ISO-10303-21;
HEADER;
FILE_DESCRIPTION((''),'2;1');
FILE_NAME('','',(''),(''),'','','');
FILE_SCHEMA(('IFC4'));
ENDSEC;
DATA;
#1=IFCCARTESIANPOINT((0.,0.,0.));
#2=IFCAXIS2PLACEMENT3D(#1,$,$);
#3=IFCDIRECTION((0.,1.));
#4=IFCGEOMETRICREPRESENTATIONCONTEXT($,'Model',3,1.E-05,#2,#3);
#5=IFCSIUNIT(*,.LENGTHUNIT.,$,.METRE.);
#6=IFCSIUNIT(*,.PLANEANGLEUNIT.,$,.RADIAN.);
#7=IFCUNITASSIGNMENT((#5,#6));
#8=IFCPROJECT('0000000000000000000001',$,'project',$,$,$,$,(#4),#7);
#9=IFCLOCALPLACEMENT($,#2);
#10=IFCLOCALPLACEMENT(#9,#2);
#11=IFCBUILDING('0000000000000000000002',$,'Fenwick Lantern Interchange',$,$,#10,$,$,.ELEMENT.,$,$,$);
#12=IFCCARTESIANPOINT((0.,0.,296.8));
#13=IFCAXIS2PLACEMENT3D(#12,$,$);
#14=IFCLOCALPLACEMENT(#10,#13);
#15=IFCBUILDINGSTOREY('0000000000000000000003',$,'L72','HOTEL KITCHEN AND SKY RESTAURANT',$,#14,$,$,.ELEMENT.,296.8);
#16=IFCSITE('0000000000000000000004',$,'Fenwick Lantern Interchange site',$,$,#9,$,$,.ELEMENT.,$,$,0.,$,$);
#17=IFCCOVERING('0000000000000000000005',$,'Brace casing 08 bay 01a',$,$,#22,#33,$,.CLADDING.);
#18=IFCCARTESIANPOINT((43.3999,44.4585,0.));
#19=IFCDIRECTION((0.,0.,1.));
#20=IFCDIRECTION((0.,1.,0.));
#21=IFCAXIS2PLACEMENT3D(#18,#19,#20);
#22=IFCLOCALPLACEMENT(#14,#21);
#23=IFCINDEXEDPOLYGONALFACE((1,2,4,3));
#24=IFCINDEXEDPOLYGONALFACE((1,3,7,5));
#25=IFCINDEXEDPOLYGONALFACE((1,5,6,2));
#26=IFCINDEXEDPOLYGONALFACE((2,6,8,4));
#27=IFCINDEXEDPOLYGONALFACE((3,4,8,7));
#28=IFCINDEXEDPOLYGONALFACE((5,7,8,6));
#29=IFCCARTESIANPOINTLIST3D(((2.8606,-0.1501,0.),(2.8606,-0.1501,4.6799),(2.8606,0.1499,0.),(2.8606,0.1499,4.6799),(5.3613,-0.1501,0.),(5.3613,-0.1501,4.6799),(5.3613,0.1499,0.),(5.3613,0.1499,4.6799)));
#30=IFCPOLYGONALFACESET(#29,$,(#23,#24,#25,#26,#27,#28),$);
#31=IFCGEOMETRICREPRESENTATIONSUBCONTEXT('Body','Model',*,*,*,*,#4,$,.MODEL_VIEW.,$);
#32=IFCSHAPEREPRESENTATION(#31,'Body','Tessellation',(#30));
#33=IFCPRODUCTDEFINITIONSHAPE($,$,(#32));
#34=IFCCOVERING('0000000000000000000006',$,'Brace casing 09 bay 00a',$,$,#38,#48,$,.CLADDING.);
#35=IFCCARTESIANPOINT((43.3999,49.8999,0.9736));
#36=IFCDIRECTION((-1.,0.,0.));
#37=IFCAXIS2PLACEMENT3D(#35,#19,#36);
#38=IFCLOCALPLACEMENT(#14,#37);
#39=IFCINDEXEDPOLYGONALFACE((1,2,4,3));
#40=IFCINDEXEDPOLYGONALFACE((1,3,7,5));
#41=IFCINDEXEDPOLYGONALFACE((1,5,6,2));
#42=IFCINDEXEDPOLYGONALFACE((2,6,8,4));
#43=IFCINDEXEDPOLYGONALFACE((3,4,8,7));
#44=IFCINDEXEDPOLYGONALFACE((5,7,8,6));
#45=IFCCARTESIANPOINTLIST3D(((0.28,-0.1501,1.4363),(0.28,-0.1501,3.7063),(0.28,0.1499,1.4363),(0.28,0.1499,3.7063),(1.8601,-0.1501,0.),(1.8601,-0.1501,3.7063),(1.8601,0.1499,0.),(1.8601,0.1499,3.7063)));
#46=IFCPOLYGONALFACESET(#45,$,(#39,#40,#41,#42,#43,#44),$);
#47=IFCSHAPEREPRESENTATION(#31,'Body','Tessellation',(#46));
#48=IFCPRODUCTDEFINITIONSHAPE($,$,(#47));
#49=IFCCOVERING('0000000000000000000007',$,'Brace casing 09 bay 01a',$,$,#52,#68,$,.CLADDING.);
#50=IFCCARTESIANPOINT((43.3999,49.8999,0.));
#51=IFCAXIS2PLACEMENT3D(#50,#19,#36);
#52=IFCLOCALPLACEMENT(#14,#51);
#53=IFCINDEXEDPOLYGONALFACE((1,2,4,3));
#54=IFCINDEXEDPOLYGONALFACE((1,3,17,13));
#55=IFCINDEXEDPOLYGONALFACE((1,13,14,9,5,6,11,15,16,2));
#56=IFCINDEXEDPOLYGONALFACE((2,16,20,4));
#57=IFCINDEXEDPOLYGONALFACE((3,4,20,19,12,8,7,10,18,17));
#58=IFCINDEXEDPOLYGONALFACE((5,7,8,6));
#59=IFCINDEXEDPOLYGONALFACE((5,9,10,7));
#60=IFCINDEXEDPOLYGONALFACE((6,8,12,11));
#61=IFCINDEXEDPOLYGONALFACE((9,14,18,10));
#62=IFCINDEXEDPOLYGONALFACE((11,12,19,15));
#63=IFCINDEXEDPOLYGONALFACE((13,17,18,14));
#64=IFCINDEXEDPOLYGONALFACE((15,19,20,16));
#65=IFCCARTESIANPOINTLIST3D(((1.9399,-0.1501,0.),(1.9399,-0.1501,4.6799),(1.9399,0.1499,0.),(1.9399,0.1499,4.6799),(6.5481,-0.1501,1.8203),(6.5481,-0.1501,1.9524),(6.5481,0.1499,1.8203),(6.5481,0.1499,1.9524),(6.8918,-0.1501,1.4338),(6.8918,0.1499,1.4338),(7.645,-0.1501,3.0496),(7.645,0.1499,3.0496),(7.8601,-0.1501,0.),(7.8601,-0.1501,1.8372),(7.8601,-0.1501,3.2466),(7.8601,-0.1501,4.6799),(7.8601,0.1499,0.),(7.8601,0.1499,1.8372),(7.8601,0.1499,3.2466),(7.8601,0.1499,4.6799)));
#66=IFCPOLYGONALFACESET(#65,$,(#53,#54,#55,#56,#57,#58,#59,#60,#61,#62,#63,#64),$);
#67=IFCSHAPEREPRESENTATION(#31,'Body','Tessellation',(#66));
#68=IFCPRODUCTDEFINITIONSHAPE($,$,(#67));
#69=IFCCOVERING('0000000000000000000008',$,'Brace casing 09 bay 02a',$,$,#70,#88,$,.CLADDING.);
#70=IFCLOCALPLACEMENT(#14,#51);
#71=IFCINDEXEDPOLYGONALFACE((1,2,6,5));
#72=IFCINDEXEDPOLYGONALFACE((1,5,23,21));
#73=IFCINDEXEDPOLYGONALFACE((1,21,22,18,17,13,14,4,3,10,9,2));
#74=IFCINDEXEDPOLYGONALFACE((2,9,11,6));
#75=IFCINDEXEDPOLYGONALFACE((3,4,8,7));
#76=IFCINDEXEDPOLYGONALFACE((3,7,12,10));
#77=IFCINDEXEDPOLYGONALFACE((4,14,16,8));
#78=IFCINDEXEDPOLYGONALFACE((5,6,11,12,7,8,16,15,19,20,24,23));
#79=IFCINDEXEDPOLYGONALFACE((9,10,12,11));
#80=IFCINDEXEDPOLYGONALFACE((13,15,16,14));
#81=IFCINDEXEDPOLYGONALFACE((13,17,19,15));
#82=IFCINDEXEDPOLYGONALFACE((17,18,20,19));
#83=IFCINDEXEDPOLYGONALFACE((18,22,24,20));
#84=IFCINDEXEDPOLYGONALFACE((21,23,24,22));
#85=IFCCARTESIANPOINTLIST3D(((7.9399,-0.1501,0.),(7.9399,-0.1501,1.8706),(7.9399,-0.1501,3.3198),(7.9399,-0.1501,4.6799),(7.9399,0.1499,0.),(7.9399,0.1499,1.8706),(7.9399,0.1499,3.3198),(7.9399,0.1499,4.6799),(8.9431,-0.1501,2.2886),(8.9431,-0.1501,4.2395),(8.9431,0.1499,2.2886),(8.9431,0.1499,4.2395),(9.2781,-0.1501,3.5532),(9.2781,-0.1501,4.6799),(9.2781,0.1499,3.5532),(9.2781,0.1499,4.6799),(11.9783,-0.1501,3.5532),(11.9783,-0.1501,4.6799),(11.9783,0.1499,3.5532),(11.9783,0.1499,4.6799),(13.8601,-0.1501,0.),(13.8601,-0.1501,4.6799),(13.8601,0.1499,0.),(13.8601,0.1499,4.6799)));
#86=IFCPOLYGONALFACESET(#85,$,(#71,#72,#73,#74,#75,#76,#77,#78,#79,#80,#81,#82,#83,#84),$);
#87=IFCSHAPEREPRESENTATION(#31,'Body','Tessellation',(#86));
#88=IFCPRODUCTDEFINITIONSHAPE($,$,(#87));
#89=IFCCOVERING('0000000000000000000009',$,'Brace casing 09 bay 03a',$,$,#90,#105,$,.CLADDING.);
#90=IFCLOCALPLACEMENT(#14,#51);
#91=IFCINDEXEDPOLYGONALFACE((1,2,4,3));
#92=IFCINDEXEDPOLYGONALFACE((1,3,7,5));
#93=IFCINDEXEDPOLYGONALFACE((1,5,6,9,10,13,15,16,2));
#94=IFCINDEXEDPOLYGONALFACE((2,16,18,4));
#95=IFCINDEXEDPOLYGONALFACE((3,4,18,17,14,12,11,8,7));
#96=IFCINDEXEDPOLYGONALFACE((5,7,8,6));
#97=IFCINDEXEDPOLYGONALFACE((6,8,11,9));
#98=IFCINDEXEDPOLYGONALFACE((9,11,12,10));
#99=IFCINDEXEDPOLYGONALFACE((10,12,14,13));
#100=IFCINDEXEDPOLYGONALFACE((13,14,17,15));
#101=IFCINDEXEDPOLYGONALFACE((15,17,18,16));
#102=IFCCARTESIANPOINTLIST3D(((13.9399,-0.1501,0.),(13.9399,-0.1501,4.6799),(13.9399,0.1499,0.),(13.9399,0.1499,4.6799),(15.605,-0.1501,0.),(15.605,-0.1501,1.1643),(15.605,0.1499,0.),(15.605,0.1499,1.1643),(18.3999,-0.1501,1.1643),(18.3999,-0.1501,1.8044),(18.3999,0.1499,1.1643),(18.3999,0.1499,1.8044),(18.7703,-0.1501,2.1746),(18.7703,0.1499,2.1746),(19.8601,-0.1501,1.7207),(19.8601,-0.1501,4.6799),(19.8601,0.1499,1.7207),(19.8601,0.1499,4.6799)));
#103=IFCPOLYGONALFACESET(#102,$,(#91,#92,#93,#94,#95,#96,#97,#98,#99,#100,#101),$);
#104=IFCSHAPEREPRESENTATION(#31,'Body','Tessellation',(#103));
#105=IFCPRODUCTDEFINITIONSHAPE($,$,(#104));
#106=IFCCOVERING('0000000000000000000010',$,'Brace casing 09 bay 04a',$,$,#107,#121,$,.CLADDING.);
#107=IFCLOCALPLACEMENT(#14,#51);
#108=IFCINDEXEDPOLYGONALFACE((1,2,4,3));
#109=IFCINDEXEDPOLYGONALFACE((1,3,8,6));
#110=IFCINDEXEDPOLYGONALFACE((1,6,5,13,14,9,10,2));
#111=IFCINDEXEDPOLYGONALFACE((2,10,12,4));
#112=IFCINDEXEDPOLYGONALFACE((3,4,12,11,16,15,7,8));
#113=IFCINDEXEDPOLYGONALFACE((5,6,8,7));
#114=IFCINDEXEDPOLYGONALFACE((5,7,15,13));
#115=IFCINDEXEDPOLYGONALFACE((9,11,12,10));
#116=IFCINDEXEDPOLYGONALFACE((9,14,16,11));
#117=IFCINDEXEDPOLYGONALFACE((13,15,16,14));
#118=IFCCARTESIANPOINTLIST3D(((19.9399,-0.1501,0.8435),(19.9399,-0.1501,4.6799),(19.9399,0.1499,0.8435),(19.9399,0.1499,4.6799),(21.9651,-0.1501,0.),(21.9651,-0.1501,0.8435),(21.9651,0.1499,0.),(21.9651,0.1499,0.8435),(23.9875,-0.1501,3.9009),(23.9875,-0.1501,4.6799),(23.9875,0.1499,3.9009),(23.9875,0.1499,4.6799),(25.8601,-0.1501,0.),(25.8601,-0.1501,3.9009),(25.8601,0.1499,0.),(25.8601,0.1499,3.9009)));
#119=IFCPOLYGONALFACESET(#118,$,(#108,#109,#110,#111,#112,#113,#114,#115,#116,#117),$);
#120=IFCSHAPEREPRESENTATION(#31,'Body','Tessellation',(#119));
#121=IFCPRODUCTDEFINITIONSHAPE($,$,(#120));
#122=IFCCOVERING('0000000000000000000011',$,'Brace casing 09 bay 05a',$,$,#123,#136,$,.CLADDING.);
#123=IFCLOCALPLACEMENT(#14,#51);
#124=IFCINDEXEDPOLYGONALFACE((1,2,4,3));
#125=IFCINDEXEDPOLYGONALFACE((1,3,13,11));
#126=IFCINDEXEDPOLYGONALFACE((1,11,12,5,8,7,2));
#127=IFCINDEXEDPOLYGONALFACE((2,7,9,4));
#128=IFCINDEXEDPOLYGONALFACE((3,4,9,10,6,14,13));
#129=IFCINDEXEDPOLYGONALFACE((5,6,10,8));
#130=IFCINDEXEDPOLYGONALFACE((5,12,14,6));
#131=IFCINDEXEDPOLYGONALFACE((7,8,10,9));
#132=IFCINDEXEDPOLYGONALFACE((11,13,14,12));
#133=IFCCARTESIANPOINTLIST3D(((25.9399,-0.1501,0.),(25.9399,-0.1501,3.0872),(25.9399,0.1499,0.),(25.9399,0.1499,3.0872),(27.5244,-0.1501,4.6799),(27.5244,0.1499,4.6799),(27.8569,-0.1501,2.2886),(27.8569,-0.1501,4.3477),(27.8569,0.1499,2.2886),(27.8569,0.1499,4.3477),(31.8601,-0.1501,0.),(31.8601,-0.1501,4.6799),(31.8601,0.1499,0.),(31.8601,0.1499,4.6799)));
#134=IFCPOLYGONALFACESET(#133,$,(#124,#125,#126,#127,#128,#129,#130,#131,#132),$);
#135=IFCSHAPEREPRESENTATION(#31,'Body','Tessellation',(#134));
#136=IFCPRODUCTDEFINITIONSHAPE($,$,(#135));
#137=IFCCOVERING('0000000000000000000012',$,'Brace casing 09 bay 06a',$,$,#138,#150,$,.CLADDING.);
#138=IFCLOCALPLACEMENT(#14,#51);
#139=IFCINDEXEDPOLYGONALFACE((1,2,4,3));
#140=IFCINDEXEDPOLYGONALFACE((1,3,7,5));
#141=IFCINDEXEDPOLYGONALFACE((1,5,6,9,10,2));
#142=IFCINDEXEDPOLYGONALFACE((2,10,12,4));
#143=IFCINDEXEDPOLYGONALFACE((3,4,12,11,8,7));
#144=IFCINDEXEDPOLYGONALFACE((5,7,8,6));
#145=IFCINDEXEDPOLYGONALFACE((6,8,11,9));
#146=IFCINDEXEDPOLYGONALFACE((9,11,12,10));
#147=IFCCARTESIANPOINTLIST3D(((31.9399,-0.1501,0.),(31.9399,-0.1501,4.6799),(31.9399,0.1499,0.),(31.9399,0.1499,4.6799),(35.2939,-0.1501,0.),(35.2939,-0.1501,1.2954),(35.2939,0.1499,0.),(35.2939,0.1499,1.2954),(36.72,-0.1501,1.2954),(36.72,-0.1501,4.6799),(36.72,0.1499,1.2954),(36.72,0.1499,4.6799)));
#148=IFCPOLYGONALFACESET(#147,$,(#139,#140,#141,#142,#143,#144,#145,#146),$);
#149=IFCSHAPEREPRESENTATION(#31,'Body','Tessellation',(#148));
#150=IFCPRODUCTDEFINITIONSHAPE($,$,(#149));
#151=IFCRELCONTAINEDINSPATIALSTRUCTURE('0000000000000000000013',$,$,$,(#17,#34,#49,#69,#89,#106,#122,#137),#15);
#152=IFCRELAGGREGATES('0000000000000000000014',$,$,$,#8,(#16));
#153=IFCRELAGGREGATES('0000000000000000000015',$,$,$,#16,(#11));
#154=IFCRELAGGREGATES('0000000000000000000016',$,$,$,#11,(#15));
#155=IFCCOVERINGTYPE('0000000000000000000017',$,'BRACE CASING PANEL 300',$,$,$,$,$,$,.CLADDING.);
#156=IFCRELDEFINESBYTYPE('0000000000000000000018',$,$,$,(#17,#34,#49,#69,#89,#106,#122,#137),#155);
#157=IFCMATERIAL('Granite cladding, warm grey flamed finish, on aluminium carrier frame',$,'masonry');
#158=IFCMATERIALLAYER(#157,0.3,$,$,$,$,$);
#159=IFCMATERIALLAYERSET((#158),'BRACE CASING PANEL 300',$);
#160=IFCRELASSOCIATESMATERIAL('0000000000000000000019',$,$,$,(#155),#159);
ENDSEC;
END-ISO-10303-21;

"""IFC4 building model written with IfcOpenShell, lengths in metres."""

from ifc_helpers import new_model, si_unit, direction, frame, origin, place, context, subcontext, project, spatial, polyline, outline, extrude, material, layer, layer_set, type_object, element, save


model = new_model("IFC4")

# Units and contexts
model_context = context("Model", 3, precision=1e-05, world=origin(), true_north=direction((0.0, 1.0)))
body_context = subcontext(model_context, "Body", "Model", "MODEL_VIEW")
ifc_project = project(units=[si_unit("LENGTHUNIT", "METRE"), si_unit("PLANEANGLEUNIT", "RADIAN")], contexts=[model_context])

# Site, building, storey
site_placement = place(None, origin())
site = spatial("IfcSite", under=ifc_project, at=site_placement, Name="Fenwick Lantern Interchange site", CompositionType="ELEMENT", RefElevation=0.0)
building_placement = place(site_placement, origin())
building = spatial("IfcBuilding", under=site, at=building_placement, Name="Fenwick Lantern Interchange", CompositionType="ELEMENT")
storey_placement = place(building_placement, frame((0.0, 0.0, 296.8)))
storey = spatial("IfcBuildingStorey", under=building, at=storey_placement, Name="L72", Description="HOTEL KITCHEN AND SKY RESTAURANT", CompositionType="ELEMENT", Elevation=296.8)

# Coverings
ifc_material_1 = material(Name="Granite cladding, warm grey flamed finish, on aluminium carrier frame", Category="masonry")
ifc_layer_1 = layer(ifc_material_1, 0.3)
ifc_layer_set_1 = layer_set([ifc_layer_1], Name="BRACE CASING PANEL 300")
covering_type = type_object("IfcCoveringType", Name="BRACE CASING PANEL 300", PredefinedType="CLADDING", material=ifc_layer_set_1)
covering_1_placement = place(storey_placement, frame((43.3999, 44.4585, 0.0), z_axis=(0.0, 0.0, 1.0), x_axis=(0.0, 1.0, 0.0)))
element("IfcCovering", 1, at=covering_1_placement, inside=storey, type_object=covering_type, Name="Brace casing 08 bay 01a", PredefinedType="CLADDING", context=body_context, shape_type="SweptSolid", body=[
    extrude(outline(polyline([(2.8606, 0.0), (5.3613, 0.0), (5.3613, 4.6799), (2.8606, 4.6799), (2.8606, 0.0)])), frame((0.0, 0.1499, 0.0), z_axis=(0.0, -1.0, 0.0), x_axis=(1.0, 0.0, 0.0)), (0.0, 0.0, 1.0), 0.3),
])
covering_2_placement = place(storey_placement, frame((43.3999, 49.8999, 0.9736), z_axis=(0.0, 0.0, 1.0), x_axis=(-1.0, 0.0, 0.0)))
element("IfcCovering", 2, at=covering_2_placement, inside=storey, type_object=covering_type, Name="Brace casing 09 bay 00a", PredefinedType="CLADDING", context=body_context, shape_type="SweptSolid", body=[
    extrude(outline(polyline([(1.8601, 0.0), (1.8601, 3.7063), (0.28, 3.7063), (0.28, 1.4363), (1.8601, 0.0)])), frame((0.0, 0.1499, 0.0), z_axis=(0.0, -1.0, 0.0), x_axis=(1.0, 0.0, 0.0)), (0.0, 0.0, 1.0), 0.3),
])
covering_3_placement = place(storey_placement, frame((43.3999, 49.8999, 0.0), z_axis=(0.0, 0.0, 1.0), x_axis=(-1.0, 0.0, 0.0)))
element("IfcCovering", 3, at=covering_3_placement, inside=storey, type_object=covering_type, Name="Brace casing 09 bay 01a", PredefinedType="CLADDING", context=body_context, shape_type="SweptSolid", body=[
    extrude(outline(polyline([(1.9399, 0.0), (7.8601, 0.0), (7.8601, 1.8372), (6.8918, 1.4338), (6.5481, 1.8203), (6.5481, 1.9524), (7.645, 3.0496), (7.8601, 3.2466), (7.8601, 4.6799), (1.9399, 4.6799), (1.9399, 0.0)])), frame((0.0, 0.1499, 0.0), z_axis=(0.0, -1.0, 0.0), x_axis=(1.0, 0.0, 0.0)), (0.0, 0.0, 1.0), 0.3),
])
covering_4_placement = place(storey_placement, frame((43.3999, 49.8999, 0.0), z_axis=(0.0, 0.0, 1.0), x_axis=(-1.0, 0.0, 0.0)))
element("IfcCovering", 4, at=covering_4_placement, inside=storey, type_object=covering_type, Name="Brace casing 09 bay 02a", PredefinedType="CLADDING", context=body_context, shape_type="SweptSolid", body=[
    extrude(outline(polyline([(7.9399, 0.0), (13.8601, 0.0), (13.8601, 4.6799), (11.9783, 4.6799), (11.9783, 3.5532), (9.2781, 3.5532), (9.2781, 4.6799), (7.9399, 4.6799), (7.9399, 3.3198), (8.9431, 4.2395), (8.9431, 2.2886), (7.9399, 1.8706), (7.9399, 0.0)])), frame((0.0, 0.1499, 0.0), z_axis=(0.0, -1.0, 0.0), x_axis=(1.0, 0.0, 0.0)), (0.0, 0.0, 1.0), 0.3),
])
covering_5_placement = place(storey_placement, frame((43.3999, 49.8999, 0.0), z_axis=(0.0, 0.0, 1.0), x_axis=(-1.0, 0.0, 0.0)))
element("IfcCovering", 5, at=covering_5_placement, inside=storey, type_object=covering_type, Name="Brace casing 09 bay 03a", PredefinedType="CLADDING", context=body_context, shape_type="SweptSolid", body=[
    extrude(outline(polyline([(13.9399, 0.0), (15.605, 0.0), (15.605, 1.1643), (18.3999, 1.1643), (18.3999, 1.8044), (18.7703, 2.1746), (19.8601, 1.7207), (19.8601, 4.6799), (13.9399, 4.6799), (13.9399, 0.0)])), frame((0.0, 0.1499, 0.0), z_axis=(0.0, -1.0, 0.0), x_axis=(1.0, 0.0, 0.0)), (0.0, 0.0, 1.0), 0.3),
])
covering_6_placement = place(storey_placement, frame((43.3999, 49.8999, 0.0), z_axis=(0.0, 0.0, 1.0), x_axis=(-1.0, 0.0, 0.0)))
element("IfcCovering", 6, at=covering_6_placement, inside=storey, type_object=covering_type, Name="Brace casing 09 bay 04a", PredefinedType="CLADDING", context=body_context, shape_type="SweptSolid", body=[
    extrude(outline(polyline([(21.9651, 0.0), (25.8601, 0.0), (25.8601, 3.9009), (23.9875, 3.9009), (23.9875, 4.6799), (19.9399, 4.6799), (19.9399, 0.8435), (21.9651, 0.8435), (21.9651, 0.0)])), frame((0.0, 0.1499, 0.0), z_axis=(0.0, -1.0, 0.0), x_axis=(1.0, 0.0, 0.0)), (0.0, 0.0, 1.0), 0.3),
])
covering_7_placement = place(storey_placement, frame((43.3999, 49.8999, 0.0), z_axis=(0.0, 0.0, 1.0), x_axis=(-1.0, 0.0, 0.0)))
element("IfcCovering", 7, at=covering_7_placement, inside=storey, type_object=covering_type, Name="Brace casing 09 bay 05a", PredefinedType="CLADDING", context=body_context, shape_type="SweptSolid", body=[
    extrude(outline(polyline([(25.9399, 0.0), (31.8601, 0.0), (31.8601, 4.6799), (27.5244, 4.6799), (27.8569, 4.3477), (27.8569, 2.2886), (25.9399, 3.0872), (25.9399, 0.0)])), frame((0.0, 0.1499, 0.0), z_axis=(0.0, -1.0, 0.0), x_axis=(1.0, 0.0, 0.0)), (0.0, 0.0, 1.0), 0.3),
])
covering_8_placement = place(storey_placement, frame((43.3999, 49.8999, 0.0), z_axis=(0.0, 0.0, 1.0), x_axis=(-1.0, 0.0, 0.0)))
element("IfcCovering", 8, at=covering_8_placement, inside=storey, type_object=covering_type, Name="Brace casing 09 bay 06a", PredefinedType="CLADDING", context=body_context, shape_type="SweptSolid", body=[
    extrude(outline(polyline([(31.9399, 0.0), (35.2939, 0.0), (35.2939, 1.2954), (36.72, 1.2954), (36.72, 4.6799), (31.9399, 4.6799), (31.9399, 0.0)])), frame((0.0, 0.1499, 0.0), z_axis=(0.0, -1.0, 0.0), x_axis=(1.0, 0.0, 0.0)), (0.0, 0.0, 1.0), 0.3),
])

save(model, "model.ifc")
